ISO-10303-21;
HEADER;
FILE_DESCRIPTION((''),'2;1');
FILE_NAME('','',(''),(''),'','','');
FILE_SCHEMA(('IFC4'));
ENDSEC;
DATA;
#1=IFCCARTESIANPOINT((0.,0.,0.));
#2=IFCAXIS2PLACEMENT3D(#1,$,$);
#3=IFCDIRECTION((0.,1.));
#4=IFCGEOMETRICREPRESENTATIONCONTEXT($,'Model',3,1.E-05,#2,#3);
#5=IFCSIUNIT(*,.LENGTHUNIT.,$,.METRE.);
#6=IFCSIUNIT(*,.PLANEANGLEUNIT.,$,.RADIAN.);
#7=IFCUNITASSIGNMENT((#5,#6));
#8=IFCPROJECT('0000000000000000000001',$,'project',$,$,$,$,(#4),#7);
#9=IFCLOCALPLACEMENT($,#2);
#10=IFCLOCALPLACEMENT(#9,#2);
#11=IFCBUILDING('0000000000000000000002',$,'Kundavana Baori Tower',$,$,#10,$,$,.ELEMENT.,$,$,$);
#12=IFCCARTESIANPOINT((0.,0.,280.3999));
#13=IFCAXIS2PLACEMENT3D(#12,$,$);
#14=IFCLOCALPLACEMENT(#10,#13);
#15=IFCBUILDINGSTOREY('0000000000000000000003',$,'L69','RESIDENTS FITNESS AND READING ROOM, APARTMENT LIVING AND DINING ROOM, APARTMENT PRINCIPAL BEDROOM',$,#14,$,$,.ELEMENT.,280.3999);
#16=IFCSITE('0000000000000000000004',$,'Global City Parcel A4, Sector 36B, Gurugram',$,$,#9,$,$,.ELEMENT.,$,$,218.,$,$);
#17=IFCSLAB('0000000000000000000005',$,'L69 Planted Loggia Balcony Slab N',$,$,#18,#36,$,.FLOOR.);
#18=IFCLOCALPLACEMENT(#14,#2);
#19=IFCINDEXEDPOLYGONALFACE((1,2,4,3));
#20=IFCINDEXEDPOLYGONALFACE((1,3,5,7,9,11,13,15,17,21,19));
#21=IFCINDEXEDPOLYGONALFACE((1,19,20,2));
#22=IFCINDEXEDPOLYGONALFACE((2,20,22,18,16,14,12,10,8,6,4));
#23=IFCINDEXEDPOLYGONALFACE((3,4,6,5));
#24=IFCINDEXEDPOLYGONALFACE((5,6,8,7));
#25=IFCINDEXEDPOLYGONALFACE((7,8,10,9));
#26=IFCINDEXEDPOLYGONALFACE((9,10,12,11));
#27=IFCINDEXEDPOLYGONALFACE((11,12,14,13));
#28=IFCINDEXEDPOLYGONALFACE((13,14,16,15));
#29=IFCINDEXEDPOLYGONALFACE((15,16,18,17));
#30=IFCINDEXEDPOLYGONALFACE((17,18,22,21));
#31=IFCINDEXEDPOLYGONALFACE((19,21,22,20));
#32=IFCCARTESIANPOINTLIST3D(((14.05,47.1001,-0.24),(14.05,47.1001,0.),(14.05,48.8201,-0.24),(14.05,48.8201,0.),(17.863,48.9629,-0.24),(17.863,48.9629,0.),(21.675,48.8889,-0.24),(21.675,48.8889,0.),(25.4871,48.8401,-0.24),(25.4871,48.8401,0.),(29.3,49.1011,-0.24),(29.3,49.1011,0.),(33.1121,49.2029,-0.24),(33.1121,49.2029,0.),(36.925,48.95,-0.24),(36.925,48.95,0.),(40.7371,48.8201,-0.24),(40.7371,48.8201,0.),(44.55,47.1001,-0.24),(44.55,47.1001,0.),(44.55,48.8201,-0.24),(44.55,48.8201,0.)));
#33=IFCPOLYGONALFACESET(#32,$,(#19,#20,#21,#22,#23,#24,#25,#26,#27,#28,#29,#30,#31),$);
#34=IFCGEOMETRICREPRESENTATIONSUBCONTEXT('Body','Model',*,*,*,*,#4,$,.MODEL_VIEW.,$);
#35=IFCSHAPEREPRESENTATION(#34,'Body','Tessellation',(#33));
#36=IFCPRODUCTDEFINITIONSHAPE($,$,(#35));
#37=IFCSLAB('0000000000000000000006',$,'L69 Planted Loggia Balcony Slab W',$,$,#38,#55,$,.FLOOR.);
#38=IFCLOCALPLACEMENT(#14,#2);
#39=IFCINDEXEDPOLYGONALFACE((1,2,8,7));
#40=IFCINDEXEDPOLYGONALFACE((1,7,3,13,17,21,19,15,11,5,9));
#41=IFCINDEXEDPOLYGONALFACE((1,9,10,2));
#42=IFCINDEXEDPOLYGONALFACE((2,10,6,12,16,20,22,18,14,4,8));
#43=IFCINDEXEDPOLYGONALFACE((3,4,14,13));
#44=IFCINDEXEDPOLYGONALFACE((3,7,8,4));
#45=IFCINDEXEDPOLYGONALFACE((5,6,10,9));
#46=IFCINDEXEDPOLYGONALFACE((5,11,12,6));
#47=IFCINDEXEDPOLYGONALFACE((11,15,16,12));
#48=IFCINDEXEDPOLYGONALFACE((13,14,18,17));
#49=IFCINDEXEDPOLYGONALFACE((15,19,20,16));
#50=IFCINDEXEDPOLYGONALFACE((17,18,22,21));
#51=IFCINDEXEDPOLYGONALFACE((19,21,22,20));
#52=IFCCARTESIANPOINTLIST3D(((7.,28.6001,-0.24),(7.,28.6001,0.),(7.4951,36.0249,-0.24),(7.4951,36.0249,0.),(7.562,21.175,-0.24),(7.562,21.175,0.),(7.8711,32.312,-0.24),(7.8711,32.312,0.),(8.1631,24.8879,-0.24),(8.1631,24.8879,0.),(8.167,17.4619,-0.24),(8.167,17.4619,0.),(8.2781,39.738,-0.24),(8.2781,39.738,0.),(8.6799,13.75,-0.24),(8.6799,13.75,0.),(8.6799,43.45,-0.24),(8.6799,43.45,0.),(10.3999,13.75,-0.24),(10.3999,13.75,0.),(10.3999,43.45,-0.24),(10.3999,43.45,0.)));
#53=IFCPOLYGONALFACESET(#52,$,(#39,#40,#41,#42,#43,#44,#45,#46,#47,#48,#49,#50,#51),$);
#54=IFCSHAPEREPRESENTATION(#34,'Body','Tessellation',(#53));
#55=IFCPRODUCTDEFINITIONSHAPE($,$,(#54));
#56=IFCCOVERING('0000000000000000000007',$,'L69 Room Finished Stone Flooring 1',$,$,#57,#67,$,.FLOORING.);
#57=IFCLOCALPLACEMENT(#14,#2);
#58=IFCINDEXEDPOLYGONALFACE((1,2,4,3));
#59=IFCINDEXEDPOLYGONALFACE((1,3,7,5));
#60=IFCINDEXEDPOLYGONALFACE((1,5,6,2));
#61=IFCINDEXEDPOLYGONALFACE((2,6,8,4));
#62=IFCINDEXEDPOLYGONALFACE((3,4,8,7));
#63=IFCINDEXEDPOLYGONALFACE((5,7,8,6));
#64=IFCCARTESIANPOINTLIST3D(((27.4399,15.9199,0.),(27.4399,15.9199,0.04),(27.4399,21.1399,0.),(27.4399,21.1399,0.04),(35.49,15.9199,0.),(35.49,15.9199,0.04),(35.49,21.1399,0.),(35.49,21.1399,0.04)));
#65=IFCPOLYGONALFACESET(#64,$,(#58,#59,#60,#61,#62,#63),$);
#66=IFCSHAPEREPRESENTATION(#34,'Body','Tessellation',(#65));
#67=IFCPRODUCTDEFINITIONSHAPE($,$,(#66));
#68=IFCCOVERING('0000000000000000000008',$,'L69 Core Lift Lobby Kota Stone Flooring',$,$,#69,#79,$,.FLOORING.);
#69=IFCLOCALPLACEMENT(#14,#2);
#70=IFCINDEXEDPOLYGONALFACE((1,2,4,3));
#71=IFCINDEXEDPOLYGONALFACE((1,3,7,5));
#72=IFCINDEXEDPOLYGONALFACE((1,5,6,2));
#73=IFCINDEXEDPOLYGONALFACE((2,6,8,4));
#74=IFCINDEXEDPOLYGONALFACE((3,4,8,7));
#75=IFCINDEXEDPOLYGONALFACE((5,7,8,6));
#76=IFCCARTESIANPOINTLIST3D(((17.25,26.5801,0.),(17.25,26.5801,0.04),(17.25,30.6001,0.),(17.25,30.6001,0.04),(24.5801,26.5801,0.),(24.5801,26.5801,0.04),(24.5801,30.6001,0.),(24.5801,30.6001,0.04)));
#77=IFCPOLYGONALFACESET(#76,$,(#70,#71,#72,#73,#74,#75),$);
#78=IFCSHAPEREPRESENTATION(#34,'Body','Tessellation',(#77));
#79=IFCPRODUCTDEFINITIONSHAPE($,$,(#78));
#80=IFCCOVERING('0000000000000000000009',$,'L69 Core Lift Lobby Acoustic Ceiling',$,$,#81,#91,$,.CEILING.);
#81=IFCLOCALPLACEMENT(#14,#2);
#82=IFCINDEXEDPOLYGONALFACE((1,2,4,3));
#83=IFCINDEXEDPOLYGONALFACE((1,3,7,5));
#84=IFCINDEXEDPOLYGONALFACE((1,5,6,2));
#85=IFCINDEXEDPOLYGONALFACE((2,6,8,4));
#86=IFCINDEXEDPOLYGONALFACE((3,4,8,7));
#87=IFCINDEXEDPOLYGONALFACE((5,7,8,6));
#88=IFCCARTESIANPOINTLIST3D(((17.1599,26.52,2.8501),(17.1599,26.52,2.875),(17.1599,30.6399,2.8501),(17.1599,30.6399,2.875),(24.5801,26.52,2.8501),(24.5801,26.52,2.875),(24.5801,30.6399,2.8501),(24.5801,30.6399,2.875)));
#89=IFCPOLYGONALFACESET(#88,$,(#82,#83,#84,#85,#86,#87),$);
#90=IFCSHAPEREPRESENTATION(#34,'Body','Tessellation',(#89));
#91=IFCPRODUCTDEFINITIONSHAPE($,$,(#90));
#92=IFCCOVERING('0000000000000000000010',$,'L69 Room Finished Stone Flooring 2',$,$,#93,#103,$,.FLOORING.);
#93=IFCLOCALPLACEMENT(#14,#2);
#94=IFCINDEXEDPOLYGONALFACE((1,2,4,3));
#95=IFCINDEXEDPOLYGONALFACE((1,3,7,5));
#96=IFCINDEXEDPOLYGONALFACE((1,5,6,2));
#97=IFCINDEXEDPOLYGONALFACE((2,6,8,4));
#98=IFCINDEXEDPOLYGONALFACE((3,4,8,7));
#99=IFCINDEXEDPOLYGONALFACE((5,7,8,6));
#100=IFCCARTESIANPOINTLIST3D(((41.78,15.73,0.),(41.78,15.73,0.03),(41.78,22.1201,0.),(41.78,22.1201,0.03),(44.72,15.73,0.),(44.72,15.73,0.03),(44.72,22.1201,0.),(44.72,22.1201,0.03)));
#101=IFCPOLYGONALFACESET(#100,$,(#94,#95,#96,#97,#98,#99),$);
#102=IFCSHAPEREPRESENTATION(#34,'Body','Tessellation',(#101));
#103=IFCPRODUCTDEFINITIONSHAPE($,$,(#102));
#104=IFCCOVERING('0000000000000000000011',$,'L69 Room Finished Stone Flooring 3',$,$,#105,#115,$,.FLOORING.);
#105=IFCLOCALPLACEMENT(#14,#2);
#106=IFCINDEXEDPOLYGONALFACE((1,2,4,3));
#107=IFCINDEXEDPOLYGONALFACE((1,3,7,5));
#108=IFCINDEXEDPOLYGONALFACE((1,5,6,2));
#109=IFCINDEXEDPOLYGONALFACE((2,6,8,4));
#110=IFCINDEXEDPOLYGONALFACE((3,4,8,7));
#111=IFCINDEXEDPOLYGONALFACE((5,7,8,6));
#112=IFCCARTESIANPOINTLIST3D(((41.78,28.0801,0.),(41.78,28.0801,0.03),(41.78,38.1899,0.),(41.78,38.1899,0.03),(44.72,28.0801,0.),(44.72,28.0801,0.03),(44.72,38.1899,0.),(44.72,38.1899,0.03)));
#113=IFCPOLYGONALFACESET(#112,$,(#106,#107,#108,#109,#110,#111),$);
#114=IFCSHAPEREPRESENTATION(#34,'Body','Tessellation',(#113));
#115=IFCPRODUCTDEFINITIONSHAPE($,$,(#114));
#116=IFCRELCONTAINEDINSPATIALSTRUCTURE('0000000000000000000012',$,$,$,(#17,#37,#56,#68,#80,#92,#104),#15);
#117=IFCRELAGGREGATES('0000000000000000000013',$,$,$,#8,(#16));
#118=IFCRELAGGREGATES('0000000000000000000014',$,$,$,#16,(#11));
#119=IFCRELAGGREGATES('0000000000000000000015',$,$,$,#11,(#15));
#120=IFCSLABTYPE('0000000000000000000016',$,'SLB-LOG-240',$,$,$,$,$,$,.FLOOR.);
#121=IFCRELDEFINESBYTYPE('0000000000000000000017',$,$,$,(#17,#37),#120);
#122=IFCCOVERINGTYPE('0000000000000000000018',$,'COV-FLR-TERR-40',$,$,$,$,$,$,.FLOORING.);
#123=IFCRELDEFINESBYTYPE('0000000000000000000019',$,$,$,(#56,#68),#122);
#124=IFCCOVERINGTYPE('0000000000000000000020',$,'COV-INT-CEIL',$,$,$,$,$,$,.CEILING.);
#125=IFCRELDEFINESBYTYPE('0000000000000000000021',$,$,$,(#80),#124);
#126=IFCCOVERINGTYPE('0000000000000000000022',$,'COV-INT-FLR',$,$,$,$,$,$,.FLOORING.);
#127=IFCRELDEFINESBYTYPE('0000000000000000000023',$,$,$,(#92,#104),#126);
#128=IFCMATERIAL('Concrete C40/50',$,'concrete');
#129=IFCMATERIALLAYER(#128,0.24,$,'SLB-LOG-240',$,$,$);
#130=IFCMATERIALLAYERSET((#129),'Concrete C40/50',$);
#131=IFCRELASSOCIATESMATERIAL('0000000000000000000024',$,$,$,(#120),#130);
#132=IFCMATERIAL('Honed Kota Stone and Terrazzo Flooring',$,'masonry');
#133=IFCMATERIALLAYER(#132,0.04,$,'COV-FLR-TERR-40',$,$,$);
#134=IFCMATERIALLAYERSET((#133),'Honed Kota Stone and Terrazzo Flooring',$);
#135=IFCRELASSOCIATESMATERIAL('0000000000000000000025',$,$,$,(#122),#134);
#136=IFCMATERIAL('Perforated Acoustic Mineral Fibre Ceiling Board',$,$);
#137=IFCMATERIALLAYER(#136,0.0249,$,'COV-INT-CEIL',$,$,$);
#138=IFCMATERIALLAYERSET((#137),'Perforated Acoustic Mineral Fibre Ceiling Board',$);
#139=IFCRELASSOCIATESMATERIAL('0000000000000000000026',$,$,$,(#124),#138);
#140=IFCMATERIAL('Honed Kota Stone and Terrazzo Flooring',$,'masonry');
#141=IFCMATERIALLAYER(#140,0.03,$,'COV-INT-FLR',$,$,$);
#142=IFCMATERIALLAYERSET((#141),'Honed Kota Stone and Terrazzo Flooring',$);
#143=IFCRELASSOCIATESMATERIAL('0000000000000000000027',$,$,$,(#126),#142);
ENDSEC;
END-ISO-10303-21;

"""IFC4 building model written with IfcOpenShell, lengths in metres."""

from ifc_helpers import new_model, si_unit, direction, frame, origin, place, context, subcontext, project, spatial, polyline, outline, extrude, material, layer, layer_set, type_object, element, save


model = new_model("IFC4")

# Units and contexts
model_context = context("Model", 3, precision=1e-05, world=origin(), true_north=direction((0.0, 1.0)))
body_context = subcontext(model_context, "Body", "Model", "MODEL_VIEW")
ifc_project = project(units=[si_unit("LENGTHUNIT", "METRE"), si_unit("PLANEANGLEUNIT", "RADIAN")], contexts=[model_context])

# Site, building, storey
site_placement = place(None, origin())
site = spatial("IfcSite", under=ifc_project, at=site_placement, Name="Global City Parcel A4, Sector 36B, Gurugram", CompositionType="ELEMENT", RefElevation=218.0)
building_placement = place(site_placement, origin())
building = spatial("IfcBuilding", under=site, at=building_placement, Name="Kundavana Baori Tower", CompositionType="ELEMENT")
storey_placement = place(building_placement, frame((0.0, 0.0, 280.3999)))
storey = spatial("IfcBuildingStorey", under=building, at=storey_placement, Name="L69", Description="RESIDENTS FITNESS AND READING ROOM, APARTMENT LIVING AND DINING ROOM, APARTMENT PRINCIPAL BEDROOM", CompositionType="ELEMENT", Elevation=280.3999)

# Slabs
ifc_material_1 = material(Name="Concrete C40/50", Category="concrete")
ifc_layer_1 = layer(ifc_material_1, 0.24, Name="SLB-LOG-240")
ifc_layer_set_1 = layer_set([ifc_layer_1], Name="Concrete C40/50")
slab_type_1 = type_object("IfcSlabType", Name="SLB-LOG-240", PredefinedType="FLOOR", material=ifc_layer_set_1)
slab_1_placement = place(storey_placement, frame((0.0, 0.0, -0.24)))
element("IfcSlab", 1, at=slab_1_placement, inside=storey, type_object=slab_type_1, Name="L69 Planted Loggia Balcony Slab N", PredefinedType="FLOOR", context=body_context, shape_type="SweptSolid", body=[
    extrude(outline(polyline([(44.55, 47.1001), (14.05, 47.1001), (14.05, 48.8201), (17.863, 48.9629), (21.675, 48.8889), (25.4871, 48.8401), (29.3, 49.1011), (33.1121, 49.2029), (36.925, 48.95), (40.7371, 48.8201), (44.55, 48.8201), (44.55, 47.1001)])), origin(), (0.0, 0.0, 1.0), 0.24),
])
slab_2_placement = place(storey_placement, frame((0.0, 0.0, -0.24)))
element("IfcSlab", 2, at=slab_2_placement, inside=storey, type_object=slab_type_1, Name="L69 Planted Loggia Balcony Slab W", PredefinedType="FLOOR", context=body_context, shape_type="SweptSolid", body=[
    extrude(outline(polyline([(10.3999, 43.45), (10.3999, 13.75), (8.6799, 13.75), (8.167, 17.4619), (7.562, 21.175), (8.1631, 24.8879), (7.0, 28.6001), (7.8711, 32.312), (7.4951, 36.0249), (8.2781, 39.738), (8.6799, 43.45), (10.3999, 43.45)])), origin(), (0.0, 0.0, 1.0), 0.24),
])

# Coverings
ifc_material_2 = material(Name="Honed Kota Stone and Terrazzo Flooring", Category="masonry")
ifc_layer_2 = layer(ifc_material_2, 0.04, Name="COV-FLR-TERR-40")
ifc_layer_set_2 = layer_set([ifc_layer_2], Name="Honed Kota Stone and Terrazzo Flooring")
covering_type_1 = type_object("IfcCoveringType", Name="COV-FLR-TERR-40", PredefinedType="FLOORING", material=ifc_layer_set_2)
covering_1_placement = place(storey_placement, origin())
element("IfcCovering", 3, at=covering_1_placement, inside=storey, type_object=covering_type_1, Name="L69 Room Finished Stone Flooring 1", PredefinedType="FLOORING", context=body_context, shape_type="SweptSolid", body=[
    extrude(outline(polyline([(27.4399, 15.9199), (35.49, 15.9199), (35.49, 21.1399), (27.4399, 21.1399), (27.4399, 15.9199)])), origin(), (0.0, 0.0, 1.0), 0.04),
])
covering_2_placement = place(storey_placement, origin())
element("IfcCovering", 4, at=covering_2_placement, inside=storey, type_object=covering_type_1, Name="L69 Core Lift Lobby Kota Stone Flooring", PredefinedType="FLOORING", context=body_context, shape_type="SweptSolid", body=[
    extrude(outline(polyline([(17.25, 26.5801), (24.5801, 26.5801), (24.5801, 30.6001), (17.25, 30.6001), (17.25, 26.5801)])), origin(), (0.0, 0.0, 1.0), 0.04),
])
ifc_material_3 = material(Name="Perforated Acoustic Mineral Fibre Ceiling Board")
ifc_layer_3 = layer(ifc_material_3, 0.0249, Name="COV-INT-CEIL")
ifc_layer_set_3 = layer_set([ifc_layer_3], Name="Perforated Acoustic Mineral Fibre Ceiling Board")
covering_type_2 = type_object("IfcCoveringType", Name="COV-INT-CEIL", PredefinedType="CEILING", material=ifc_layer_set_3)
covering_3_placement = place(storey_placement, frame((0.0, 0.0, 2.8501)))
element("IfcCovering", 5, at=covering_3_placement, inside=storey, type_object=covering_type_2, Name="L69 Core Lift Lobby Acoustic Ceiling", PredefinedType="CEILING", context=body_context, shape_type="SweptSolid", body=[
    extrude(outline(polyline([(17.1599, 26.52), (24.5801, 26.52), (24.5801, 30.6399), (17.1599, 30.6399), (17.1599, 26.52)])), origin(), (0.0, 0.0, 1.0), 0.0249),
])
ifc_material_4 = material(Name="Honed Kota Stone and Terrazzo Flooring", Category="masonry")
ifc_layer_4 = layer(ifc_material_4, 0.03, Name="COV-INT-FLR")
ifc_layer_set_4 = layer_set([ifc_layer_4], Name="Honed Kota Stone and Terrazzo Flooring")
covering_type_3 = type_object("IfcCoveringType", Name="COV-INT-FLR", PredefinedType="FLOORING", material=ifc_layer_set_4)
covering_4_placement = place(storey_placement, origin())
element("IfcCovering", 6, at=covering_4_placement, inside=storey, type_object=covering_type_3, Name="L69 Room Finished Stone Flooring 2", PredefinedType="FLOORING", context=body_context, shape_type="SweptSolid", body=[
    extrude(outline(polyline([(41.78, 15.73), (44.72, 15.73), (44.72, 22.1201), (41.78, 22.1201), (41.78, 15.73)])), origin(), (0.0, 0.0, 1.0), 0.03),
])
covering_5_placement = place(storey_placement, origin())
element("IfcCovering", 7, at=covering_5_placement, inside=storey, type_object=covering_type_3, Name="L69 Room Finished Stone Flooring 3", PredefinedType="FLOORING", context=body_context, shape_type="SweptSolid", body=[
    extrude(outline(polyline([(41.78, 28.0801), (44.72, 28.0801), (44.72, 38.1899), (41.78, 38.1899), (41.78, 28.0801)])), origin(), (0.0, 0.0, 1.0), 0.03),
])

save(model, "model.ifc")
